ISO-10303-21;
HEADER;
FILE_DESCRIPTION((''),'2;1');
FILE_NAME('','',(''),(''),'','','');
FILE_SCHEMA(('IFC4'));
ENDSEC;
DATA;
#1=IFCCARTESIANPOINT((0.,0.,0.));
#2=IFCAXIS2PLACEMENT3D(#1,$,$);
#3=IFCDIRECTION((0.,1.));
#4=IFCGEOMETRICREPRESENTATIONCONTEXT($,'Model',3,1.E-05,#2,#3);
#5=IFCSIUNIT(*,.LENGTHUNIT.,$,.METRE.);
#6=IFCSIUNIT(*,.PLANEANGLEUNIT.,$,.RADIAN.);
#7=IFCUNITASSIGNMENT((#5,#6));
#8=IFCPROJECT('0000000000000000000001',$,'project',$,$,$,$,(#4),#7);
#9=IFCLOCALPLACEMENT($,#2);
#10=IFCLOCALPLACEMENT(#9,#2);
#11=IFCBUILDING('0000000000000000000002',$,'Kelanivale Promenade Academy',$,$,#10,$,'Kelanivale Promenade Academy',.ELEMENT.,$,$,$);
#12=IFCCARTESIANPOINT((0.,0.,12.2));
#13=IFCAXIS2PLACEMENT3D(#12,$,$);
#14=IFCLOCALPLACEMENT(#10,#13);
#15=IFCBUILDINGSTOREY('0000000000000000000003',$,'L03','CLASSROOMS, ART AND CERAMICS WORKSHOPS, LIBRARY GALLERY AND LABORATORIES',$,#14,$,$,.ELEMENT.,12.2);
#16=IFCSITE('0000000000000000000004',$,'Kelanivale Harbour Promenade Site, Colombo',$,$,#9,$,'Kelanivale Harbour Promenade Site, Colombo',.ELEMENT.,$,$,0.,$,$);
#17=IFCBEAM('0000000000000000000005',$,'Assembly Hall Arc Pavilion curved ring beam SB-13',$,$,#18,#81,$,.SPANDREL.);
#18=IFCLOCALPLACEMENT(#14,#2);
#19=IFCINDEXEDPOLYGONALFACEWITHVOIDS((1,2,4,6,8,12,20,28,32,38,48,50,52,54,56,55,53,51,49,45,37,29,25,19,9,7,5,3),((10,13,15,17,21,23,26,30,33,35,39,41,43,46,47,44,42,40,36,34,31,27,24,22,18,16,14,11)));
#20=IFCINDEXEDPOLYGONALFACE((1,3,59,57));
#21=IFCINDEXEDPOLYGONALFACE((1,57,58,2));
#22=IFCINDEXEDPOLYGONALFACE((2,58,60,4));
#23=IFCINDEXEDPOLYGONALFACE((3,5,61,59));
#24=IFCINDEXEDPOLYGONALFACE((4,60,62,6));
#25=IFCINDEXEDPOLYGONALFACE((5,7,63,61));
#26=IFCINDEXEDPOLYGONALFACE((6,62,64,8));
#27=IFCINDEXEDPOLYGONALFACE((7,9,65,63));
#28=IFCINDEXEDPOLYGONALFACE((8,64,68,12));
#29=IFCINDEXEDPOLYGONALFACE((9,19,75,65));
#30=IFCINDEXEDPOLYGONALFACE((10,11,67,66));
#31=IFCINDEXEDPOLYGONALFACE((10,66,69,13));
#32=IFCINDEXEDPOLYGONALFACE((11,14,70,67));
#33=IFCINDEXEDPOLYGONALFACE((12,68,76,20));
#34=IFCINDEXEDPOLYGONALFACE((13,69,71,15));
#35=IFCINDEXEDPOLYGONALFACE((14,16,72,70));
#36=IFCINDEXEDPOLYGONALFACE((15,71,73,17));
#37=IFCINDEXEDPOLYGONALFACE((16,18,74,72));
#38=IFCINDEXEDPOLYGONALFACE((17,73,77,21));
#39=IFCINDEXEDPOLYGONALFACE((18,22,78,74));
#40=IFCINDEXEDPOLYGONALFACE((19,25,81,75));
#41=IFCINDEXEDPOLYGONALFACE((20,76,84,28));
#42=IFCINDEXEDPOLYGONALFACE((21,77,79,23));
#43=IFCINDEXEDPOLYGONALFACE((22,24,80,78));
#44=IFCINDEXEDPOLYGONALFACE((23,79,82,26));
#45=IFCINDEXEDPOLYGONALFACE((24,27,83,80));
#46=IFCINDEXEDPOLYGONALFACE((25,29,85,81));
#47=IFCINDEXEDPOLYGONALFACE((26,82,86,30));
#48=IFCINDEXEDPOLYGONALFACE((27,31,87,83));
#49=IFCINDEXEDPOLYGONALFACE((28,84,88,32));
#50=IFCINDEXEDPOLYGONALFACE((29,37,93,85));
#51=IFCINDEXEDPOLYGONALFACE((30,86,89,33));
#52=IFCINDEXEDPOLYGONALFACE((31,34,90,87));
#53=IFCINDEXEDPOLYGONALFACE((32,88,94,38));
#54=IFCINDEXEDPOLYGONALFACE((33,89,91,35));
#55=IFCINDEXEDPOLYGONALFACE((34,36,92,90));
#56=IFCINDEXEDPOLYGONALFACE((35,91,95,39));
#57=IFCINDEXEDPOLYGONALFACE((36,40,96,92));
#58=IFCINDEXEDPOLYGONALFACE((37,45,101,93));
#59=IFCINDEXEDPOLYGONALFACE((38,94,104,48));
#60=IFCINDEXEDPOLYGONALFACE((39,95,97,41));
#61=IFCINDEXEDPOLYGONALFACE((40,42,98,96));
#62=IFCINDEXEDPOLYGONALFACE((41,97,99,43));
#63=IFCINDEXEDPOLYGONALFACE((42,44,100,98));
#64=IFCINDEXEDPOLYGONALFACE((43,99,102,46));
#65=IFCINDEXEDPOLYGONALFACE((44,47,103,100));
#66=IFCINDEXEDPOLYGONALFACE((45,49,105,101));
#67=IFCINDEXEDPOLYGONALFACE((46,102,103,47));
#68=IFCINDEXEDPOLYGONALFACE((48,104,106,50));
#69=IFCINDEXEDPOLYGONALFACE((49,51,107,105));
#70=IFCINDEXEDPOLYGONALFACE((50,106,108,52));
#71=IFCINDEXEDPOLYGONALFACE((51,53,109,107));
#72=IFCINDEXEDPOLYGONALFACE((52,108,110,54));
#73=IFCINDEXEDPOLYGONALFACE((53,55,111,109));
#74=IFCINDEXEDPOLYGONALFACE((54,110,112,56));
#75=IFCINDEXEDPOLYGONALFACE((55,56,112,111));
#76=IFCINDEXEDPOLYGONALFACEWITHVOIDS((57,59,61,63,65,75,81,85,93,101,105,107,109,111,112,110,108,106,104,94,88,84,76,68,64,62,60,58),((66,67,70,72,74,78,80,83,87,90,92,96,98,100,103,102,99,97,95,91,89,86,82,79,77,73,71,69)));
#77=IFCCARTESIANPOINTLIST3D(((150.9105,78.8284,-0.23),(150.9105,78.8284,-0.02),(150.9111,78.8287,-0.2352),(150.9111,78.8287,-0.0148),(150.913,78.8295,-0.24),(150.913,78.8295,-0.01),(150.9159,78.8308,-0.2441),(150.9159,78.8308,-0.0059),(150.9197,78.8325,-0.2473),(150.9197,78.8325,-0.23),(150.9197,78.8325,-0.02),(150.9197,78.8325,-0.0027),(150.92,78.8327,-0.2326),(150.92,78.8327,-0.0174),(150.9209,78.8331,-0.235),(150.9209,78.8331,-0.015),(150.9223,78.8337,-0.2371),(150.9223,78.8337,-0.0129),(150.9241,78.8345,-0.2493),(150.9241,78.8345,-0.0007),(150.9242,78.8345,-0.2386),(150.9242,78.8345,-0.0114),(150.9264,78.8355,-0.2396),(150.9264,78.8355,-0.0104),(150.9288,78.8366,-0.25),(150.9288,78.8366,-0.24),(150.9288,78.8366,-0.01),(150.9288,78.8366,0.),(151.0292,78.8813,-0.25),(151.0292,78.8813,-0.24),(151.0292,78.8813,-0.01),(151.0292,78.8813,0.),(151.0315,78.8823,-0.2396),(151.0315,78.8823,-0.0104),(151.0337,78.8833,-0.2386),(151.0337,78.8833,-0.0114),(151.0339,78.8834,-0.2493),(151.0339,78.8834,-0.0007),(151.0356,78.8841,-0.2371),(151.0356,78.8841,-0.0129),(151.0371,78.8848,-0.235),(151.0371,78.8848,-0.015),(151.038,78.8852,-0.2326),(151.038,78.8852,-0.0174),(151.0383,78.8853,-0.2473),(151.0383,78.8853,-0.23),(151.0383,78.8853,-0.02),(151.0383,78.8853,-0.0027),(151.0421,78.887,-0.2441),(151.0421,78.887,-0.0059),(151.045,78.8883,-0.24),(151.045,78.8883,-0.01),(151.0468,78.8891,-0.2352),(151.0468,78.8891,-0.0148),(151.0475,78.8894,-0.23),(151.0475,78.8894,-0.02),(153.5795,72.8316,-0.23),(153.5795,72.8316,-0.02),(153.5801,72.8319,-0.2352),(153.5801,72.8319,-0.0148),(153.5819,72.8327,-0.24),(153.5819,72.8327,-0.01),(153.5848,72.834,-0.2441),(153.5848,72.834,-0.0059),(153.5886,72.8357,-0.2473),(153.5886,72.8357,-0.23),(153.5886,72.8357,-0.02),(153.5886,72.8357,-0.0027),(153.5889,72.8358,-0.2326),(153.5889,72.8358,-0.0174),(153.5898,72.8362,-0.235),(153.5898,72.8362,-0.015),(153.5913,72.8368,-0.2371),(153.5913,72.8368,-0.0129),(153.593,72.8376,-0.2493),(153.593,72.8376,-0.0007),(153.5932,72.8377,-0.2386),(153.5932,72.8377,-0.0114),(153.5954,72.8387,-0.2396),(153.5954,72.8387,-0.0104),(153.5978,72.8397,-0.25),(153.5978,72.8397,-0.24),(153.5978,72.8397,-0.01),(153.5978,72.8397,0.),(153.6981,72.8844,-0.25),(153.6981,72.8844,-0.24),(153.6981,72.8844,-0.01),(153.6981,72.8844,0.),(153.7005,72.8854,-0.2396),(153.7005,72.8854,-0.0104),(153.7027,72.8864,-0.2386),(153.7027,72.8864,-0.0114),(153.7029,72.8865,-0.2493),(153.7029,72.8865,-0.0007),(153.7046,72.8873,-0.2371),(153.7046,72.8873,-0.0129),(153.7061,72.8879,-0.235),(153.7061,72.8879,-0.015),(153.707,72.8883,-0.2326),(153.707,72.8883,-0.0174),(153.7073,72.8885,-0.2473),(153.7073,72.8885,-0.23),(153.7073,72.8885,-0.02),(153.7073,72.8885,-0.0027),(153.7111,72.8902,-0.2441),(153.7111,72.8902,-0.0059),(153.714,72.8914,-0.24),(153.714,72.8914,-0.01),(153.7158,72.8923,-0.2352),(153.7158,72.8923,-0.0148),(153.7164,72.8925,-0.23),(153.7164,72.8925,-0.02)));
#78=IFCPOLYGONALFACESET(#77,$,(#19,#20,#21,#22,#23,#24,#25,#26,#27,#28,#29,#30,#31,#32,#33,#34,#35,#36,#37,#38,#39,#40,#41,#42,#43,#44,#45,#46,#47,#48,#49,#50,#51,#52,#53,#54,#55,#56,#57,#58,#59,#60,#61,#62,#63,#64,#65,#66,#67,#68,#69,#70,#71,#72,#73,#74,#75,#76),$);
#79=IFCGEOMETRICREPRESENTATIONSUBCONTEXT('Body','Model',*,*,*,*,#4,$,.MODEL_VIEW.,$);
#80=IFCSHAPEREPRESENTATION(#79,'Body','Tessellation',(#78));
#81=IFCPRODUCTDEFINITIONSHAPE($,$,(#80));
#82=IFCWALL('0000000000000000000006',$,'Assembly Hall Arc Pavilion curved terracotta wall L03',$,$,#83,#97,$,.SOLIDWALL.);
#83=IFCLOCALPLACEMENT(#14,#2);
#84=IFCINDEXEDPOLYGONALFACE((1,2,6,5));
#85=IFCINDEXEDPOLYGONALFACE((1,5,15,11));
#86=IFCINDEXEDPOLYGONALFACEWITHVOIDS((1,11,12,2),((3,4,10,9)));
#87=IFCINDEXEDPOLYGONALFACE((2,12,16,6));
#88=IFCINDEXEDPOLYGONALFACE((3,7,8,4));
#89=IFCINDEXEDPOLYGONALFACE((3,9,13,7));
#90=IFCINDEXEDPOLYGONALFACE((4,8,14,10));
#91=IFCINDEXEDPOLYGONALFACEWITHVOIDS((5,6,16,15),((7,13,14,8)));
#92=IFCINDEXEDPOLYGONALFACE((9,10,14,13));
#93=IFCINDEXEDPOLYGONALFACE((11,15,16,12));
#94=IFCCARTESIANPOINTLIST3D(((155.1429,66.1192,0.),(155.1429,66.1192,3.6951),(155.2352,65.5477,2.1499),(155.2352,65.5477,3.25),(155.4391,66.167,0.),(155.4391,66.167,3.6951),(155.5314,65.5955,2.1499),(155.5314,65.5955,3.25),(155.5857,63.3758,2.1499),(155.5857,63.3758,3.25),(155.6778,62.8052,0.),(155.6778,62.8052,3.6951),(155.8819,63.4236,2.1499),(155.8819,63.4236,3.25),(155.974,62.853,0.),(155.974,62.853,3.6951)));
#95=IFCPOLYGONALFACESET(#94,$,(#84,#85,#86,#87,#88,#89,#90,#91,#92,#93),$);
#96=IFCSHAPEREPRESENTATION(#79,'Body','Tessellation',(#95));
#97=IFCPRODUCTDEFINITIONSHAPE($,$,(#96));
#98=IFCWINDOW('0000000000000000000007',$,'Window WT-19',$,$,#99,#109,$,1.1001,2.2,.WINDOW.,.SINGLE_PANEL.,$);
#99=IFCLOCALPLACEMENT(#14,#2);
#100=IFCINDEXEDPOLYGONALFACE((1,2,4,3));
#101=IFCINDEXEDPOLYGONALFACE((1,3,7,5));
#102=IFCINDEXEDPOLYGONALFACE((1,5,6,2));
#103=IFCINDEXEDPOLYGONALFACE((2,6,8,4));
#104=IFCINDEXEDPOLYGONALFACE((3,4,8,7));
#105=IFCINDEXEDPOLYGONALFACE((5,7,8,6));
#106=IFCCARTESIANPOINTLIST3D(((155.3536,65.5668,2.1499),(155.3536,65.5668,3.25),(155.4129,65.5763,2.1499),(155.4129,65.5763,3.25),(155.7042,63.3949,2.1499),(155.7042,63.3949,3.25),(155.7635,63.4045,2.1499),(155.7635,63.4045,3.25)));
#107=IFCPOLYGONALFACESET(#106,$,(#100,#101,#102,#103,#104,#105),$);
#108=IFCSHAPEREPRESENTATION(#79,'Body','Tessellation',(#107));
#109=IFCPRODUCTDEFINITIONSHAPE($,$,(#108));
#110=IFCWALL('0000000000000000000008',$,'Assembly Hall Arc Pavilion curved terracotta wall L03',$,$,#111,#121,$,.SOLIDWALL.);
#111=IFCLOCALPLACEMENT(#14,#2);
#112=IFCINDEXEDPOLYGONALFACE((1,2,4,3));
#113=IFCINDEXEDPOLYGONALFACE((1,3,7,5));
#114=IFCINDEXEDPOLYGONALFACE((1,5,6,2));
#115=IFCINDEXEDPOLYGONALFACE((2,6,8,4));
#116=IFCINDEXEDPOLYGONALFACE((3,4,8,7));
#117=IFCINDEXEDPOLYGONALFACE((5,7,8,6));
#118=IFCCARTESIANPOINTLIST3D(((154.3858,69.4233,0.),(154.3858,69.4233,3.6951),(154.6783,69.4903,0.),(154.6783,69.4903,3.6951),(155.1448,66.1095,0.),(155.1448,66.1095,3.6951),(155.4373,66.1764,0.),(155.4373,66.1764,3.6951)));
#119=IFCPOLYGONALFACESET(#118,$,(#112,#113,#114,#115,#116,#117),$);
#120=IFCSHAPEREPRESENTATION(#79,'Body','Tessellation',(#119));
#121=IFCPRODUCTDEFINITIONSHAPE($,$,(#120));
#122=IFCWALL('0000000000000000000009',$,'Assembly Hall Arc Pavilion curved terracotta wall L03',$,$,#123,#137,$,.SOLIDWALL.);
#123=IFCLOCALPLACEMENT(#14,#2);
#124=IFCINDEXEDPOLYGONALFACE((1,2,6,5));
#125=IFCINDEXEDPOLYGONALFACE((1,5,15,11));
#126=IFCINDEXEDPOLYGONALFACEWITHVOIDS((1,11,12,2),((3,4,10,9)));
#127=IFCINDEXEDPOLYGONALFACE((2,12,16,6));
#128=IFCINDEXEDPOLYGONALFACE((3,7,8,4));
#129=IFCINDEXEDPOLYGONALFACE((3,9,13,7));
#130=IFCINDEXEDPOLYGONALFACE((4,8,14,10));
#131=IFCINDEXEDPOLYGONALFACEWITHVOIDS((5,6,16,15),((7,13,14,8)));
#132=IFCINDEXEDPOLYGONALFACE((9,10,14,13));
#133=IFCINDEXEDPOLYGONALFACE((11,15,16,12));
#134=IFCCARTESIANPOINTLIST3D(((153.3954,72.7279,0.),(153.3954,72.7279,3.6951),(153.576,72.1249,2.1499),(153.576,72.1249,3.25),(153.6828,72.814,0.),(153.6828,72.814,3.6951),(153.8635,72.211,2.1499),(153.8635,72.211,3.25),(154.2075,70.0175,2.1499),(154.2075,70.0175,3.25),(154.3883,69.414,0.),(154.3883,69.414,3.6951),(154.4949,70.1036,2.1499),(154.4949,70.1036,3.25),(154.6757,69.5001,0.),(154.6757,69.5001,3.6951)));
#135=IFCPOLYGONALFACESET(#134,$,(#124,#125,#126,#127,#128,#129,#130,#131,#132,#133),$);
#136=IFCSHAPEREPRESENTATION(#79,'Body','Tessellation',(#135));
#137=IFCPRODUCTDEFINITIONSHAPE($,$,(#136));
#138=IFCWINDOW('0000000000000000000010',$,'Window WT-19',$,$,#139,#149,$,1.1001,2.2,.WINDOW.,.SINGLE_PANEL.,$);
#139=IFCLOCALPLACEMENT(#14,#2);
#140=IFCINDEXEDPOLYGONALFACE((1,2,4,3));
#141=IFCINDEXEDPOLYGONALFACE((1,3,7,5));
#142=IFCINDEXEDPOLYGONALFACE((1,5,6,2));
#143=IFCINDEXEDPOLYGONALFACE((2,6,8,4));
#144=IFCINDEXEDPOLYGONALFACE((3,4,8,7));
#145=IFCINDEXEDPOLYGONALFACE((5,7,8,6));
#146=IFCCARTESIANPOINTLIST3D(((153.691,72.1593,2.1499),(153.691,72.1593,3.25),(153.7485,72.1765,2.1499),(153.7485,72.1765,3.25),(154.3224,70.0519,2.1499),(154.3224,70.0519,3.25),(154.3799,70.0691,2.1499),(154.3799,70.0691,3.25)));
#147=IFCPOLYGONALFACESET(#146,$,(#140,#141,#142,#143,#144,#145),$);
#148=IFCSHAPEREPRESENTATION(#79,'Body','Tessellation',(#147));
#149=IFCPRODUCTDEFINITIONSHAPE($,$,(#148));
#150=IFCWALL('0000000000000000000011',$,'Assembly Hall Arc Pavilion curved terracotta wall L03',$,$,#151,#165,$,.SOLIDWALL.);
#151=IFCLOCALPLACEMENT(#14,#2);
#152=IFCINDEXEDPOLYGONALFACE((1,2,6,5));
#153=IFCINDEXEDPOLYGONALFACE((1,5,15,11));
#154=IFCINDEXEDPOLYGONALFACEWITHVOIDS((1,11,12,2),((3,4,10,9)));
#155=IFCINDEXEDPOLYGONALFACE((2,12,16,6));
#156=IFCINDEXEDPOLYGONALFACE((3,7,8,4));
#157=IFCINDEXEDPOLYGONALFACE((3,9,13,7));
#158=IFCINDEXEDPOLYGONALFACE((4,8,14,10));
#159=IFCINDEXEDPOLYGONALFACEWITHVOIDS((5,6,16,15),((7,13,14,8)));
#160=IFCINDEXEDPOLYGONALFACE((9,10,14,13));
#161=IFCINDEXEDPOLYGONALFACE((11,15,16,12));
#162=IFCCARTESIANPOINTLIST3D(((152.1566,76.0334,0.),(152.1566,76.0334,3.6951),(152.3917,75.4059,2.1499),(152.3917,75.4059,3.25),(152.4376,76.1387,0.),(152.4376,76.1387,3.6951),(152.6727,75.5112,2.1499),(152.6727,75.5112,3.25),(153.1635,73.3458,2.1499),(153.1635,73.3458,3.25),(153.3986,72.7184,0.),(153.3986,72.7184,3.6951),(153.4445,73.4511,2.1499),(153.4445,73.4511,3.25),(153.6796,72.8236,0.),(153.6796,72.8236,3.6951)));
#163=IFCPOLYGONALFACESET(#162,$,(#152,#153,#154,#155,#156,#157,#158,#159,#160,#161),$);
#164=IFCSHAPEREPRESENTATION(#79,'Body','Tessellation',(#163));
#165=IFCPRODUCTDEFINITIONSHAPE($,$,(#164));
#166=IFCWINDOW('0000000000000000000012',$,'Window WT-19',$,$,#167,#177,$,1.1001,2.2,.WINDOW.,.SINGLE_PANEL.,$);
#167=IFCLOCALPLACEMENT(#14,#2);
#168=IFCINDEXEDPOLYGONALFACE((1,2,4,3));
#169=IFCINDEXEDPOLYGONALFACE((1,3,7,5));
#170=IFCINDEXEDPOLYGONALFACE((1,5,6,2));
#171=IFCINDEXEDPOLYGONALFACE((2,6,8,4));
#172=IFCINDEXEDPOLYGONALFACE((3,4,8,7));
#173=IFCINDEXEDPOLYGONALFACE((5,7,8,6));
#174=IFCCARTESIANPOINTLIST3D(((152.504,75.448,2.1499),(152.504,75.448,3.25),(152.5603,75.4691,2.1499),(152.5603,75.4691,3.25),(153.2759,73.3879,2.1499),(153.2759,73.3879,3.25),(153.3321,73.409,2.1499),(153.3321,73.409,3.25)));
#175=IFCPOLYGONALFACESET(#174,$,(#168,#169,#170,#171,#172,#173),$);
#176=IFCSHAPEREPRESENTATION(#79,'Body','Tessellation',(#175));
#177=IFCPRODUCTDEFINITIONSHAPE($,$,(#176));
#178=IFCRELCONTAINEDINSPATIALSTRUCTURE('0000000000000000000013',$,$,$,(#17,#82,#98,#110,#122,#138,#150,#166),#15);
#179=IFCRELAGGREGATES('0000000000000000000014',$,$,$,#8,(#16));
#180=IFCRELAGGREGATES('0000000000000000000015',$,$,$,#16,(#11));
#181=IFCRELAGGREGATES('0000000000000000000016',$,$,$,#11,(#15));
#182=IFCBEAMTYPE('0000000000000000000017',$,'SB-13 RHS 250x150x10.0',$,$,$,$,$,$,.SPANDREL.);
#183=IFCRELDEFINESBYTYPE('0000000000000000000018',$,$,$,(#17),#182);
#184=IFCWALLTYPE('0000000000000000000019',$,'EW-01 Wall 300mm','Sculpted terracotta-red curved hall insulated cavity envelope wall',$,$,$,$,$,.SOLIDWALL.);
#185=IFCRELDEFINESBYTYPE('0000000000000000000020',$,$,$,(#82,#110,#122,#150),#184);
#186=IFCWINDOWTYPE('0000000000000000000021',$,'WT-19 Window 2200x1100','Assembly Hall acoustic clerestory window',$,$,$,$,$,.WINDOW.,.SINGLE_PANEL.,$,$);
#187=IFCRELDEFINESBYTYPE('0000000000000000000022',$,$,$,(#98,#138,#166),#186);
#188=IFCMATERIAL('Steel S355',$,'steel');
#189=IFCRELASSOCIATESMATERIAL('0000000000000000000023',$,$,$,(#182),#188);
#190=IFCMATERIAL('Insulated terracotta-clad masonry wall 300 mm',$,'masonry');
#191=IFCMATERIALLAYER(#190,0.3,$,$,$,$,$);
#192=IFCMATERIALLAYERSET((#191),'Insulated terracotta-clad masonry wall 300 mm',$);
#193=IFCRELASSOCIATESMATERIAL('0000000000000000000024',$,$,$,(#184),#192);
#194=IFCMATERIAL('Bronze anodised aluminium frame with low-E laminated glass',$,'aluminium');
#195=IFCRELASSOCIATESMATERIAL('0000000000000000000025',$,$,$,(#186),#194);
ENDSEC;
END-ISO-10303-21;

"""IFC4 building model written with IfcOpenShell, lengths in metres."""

from ifc_helpers import new_model, si_unit, direction, frame, frame_2d, origin, origin_2d, place, context, subcontext, project, spatial, rectangle, hollow_rectangle, extrude, material, layer, layer_set, material_profile, profile_set, type_object, element, fill, save


model = new_model("IFC4")

# Units and contexts
model_context = context("Model", 3, precision=1e-05, world=origin(), true_north=direction((0.0, 1.0)))
body_context = subcontext(model_context, "Body", "Model", "MODEL_VIEW")
ifc_project = project(units=[si_unit("LENGTHUNIT", "METRE"), si_unit("PLANEANGLEUNIT", "RADIAN")], contexts=[model_context])

# Site, building, storey
site_placement = place(None, origin())
site = spatial("IfcSite", under=ifc_project, at=site_placement, Name="Kelanivale Harbour Promenade Site, Colombo", LongName="Kelanivale Harbour Promenade Site, Colombo", CompositionType="ELEMENT", RefElevation=0.0)
building_placement = place(site_placement, origin())
building = spatial("IfcBuilding", under=site, at=building_placement, Name="Kelanivale Promenade Academy", LongName="Kelanivale Promenade Academy", CompositionType="ELEMENT")
storey_placement = place(building_placement, frame((0.0, 0.0, 12.2)))
storey = spatial("IfcBuildingStorey", under=building, at=storey_placement, Name="L03", Description="CLASSROOMS, ART AND CERAMICS WORKSHOPS, LIBRARY GALLERY AND LABORATORIES", CompositionType="ELEMENT", Elevation=12.2)

# Shared definitions
ifc_material_1 = material(Name="Steel S355", Category="steel")

# Beam
ifc_material_profile_1 = material_profile(ifc_material_1, hollow_rectangle(XDim=0.1499, YDim=0.25, WallThickness=0.01, InnerFilletRadius=0.01, OuterFilletRadius=0.02, at=origin_2d()), Name="RHS 250x150x10.0")
ifc_profile_set_1 = profile_set([ifc_material_profile_1], Name="Steel S355")
beam_type = type_object("IfcBeamType", Name="SB-13 RHS 250x150x10.0", PredefinedType="SPANDREL", material=ifc_profile_set_1)
beam_1_placement = place(storey_placement, frame((153.6479, 72.8621, -0.125), z_axis=(-0.406608, 0.913603, 0.0), x_axis=(-0.913603, -0.406608, 0.0)))
element("IfcBeam", 1, at=beam_1_placement, inside=storey, type_object=beam_type, Name="Assembly Hall Arc Pavilion curved ring beam SB-13", PredefinedType="SPANDREL", context=body_context, shape_type="SweptSolid", body=[
    extrude(hollow_rectangle(XDim=0.1499, YDim=0.25, WallThickness=0.01, InnerFilletRadius=0.01, OuterFilletRadius=0.02, at=origin_2d()), origin(), (0.0, 0.0, 1.0), 6.564),
])

# Wall, opening, window
ifc_material_2 = material(Name="Insulated terracotta-clad masonry wall 300 mm", Category="masonry")
ifc_layer_1 = layer(ifc_material_2, 0.3)
ifc_layer_set_1 = layer_set([ifc_layer_1], Name="Insulated terracotta-clad masonry wall 300 mm")
wall_type = type_object("IfcWallType", Name="EW-01 Wall 300mm", Description="Sculpted terracotta-red curved hall insulated cavity envelope wall", PredefinedType="SOLIDWALL", material=ifc_layer_set_1)
wall_1_placement = place(storey_placement, frame((155.8259, 62.8291, 0.0), z_axis=(0.0, 0.0, 1.0), x_axis=(-0.159349, 0.987222, 0.0)))
wall_1 = element("IfcWall", 2, at=wall_1_placement, inside=storey, type_object=wall_type, Name="Assembly Hall Arc Pavilion curved terracotta wall L03", PredefinedType="SOLIDWALL", context=body_context, shape_type="SweptSolid", body=[
    extrude(rectangle(XDim=3.3569, YDim=0.3, at=frame_2d((1.6785, 0.0))), origin(), (0.0, 0.0, 1.0), 3.6951),
])
opening_1_placement = place(wall_1_placement, frame((0.5779, 0.0, 2.1499)))
opening_1 = element("IfcOpeningElement", 3, at=opening_1_placement, cuts=wall_1, PredefinedType="OPENING", context=body_context, shape_type="SweptSolid", body=[
    extrude(rectangle(XDim=2.2, YDim=1.1001, at=frame_2d((1.1001, 0.55))), frame((0.0, 0.1602, 0.0), z_axis=(0.0, -1.0, 0.0), x_axis=(1.0, 0.0, 0.0)), (0.0, 0.0, 1.0), 0.3201),
])
ifc_material_3 = material(Name="Bronze anodised aluminium frame with low-E laminated glass", Category="aluminium")
window_type = type_object("IfcWindowType", Name="WT-19 Window 2200x1100", Description="Assembly Hall acoustic clerestory window", PartitioningType="SINGLE_PANEL", PredefinedType="WINDOW", material=ifc_material_3)
window_1_placement = place(opening_1_placement, origin())
window_1 = element("IfcWindow", 4, at=window_1_placement, inside=storey, type_object=window_type, Name="Window WT-19", OverallHeight=1.1001, OverallWidth=2.2, PartitioningType="SINGLE_PANEL", PredefinedType="WINDOW", context=body_context, shape_type="SweptSolid", body=[
    extrude(rectangle(XDim=2.2, YDim=1.1001, at=frame_2d((1.1001, 0.55))), frame((0.0, 0.03, 0.0), z_axis=(0.0, -1.0, 0.0), x_axis=(1.0, 0.0, 0.0)), (0.0, 0.0, 1.0), 0.0601),
])
fill(opening_1, window_1)

# Wall
wall_2_placement = place(storey_placement, frame((155.291, 66.1431, 0.0), z_axis=(0.0, 0.0, 1.0), x_axis=(-0.22326, 0.974759, 0.0)))
element("IfcWall", 5, at=wall_2_placement, inside=storey, type_object=wall_type, Name="Assembly Hall Arc Pavilion curved terracotta wall L03", PredefinedType="SOLIDWALL", context=body_context, shape_type="SweptSolid", body=[
    extrude(rectangle(XDim=3.3997, YDim=0.3, at=frame_2d((1.6997, 0.0))), origin(), (0.0, 0.0, 1.0), 3.6951),
])

# Walls, openings, windows
wall_3_placement = place(storey_placement, frame((154.532, 69.457, 0.0), z_axis=(0.0, 0.0, 1.0), x_axis=(-0.287011, 0.957927, 0.0)))
wall_3 = element("IfcWall", 6, at=wall_3_placement, inside=storey, type_object=wall_type, Name="Assembly Hall Arc Pavilion curved terracotta wall L03", PredefinedType="SOLIDWALL", context=body_context, shape_type="SweptSolid", body=[
    extrude(rectangle(XDim=3.4595, YDim=0.3, at=frame_2d((1.7297, 0.0))), origin(), (0.0, 0.0, 1.0), 3.6951),
])
opening_2_placement = place(wall_3_placement, frame((0.6299, 0.0, 2.1499)))
opening_2 = element("IfcOpeningElement", 7, at=opening_2_placement, cuts=wall_3, PredefinedType="OPENING", context=body_context, shape_type="SweptSolid", body=[
    extrude(rectangle(XDim=2.2, YDim=1.1001, at=frame_2d((1.1001, 0.55))), frame((0.0, 0.1602, 0.0), z_axis=(0.0, -1.0, 0.0), x_axis=(1.0, 0.0, 0.0)), (0.0, 0.0, 1.0), 0.3201),
])
window_2_placement = place(opening_2_placement, origin())
window_2 = element("IfcWindow", 8, at=window_2_placement, inside=storey, type_object=window_type, Name="Window WT-19", OverallHeight=1.1001, OverallWidth=2.2, PartitioningType="SINGLE_PANEL", PredefinedType="WINDOW", context=body_context, shape_type="SweptSolid", body=[
    extrude(rectangle(XDim=2.2, YDim=1.1001, at=frame_2d((1.1001, 0.55))), frame((0.0, 0.03, 0.0), z_axis=(0.0, -1.0, 0.0), x_axis=(1.0, 0.0, 0.0)), (0.0, 0.0, 1.0), 0.0601),
])
fill(opening_2, window_2)
wall_4_placement = place(storey_placement, frame((153.5391, 72.771, 0.0), z_axis=(0.0, 0.0, 1.0), x_axis=(-0.350836, 0.936437, 0.0)))
wall_4 = element("IfcWall", 9, at=wall_4_placement, inside=storey, type_object=wall_type, Name="Assembly Hall Arc Pavilion curved terracotta wall L03", PredefinedType="SOLIDWALL", context=body_context, shape_type="SweptSolid", body=[
    extrude(rectangle(XDim=3.54, YDim=0.3, at=frame_2d((1.77, 0.0))), origin(), (0.0, 0.0, 1.0), 3.6951),
])
opening_3_placement = place(wall_4_placement, frame((0.6699, 0.0, 2.1499)))
opening_3 = element("IfcOpeningElement", 10, at=opening_3_placement, cuts=wall_4, PredefinedType="OPENING", context=body_context, shape_type="SweptSolid", body=[
    extrude(rectangle(XDim=2.2, YDim=1.1001, at=frame_2d((1.1001, 0.55))), frame((0.0, 0.1602, 0.0), z_axis=(0.0, -1.0, 0.0), x_axis=(1.0, 0.0, 0.0)), (0.0, 0.0, 1.0), 0.3201),
])
window_3_placement = place(opening_3_placement, origin())
window_3 = element("IfcWindow", 11, at=window_3_placement, inside=storey, type_object=window_type, Name="Window WT-19", OverallHeight=1.1001, OverallWidth=2.2, PartitioningType="SINGLE_PANEL", PredefinedType="WINDOW", context=body_context, shape_type="SweptSolid", body=[
    extrude(rectangle(XDim=2.2, YDim=1.1001, at=frame_2d((1.1001, 0.55))), frame((0.0, 0.03, 0.0), z_axis=(0.0, -1.0, 0.0), x_axis=(1.0, 0.0, 0.0)), (0.0, 0.0, 1.0), 0.0601),
])
fill(opening_3, window_3)

save(model, "model.ifc")
